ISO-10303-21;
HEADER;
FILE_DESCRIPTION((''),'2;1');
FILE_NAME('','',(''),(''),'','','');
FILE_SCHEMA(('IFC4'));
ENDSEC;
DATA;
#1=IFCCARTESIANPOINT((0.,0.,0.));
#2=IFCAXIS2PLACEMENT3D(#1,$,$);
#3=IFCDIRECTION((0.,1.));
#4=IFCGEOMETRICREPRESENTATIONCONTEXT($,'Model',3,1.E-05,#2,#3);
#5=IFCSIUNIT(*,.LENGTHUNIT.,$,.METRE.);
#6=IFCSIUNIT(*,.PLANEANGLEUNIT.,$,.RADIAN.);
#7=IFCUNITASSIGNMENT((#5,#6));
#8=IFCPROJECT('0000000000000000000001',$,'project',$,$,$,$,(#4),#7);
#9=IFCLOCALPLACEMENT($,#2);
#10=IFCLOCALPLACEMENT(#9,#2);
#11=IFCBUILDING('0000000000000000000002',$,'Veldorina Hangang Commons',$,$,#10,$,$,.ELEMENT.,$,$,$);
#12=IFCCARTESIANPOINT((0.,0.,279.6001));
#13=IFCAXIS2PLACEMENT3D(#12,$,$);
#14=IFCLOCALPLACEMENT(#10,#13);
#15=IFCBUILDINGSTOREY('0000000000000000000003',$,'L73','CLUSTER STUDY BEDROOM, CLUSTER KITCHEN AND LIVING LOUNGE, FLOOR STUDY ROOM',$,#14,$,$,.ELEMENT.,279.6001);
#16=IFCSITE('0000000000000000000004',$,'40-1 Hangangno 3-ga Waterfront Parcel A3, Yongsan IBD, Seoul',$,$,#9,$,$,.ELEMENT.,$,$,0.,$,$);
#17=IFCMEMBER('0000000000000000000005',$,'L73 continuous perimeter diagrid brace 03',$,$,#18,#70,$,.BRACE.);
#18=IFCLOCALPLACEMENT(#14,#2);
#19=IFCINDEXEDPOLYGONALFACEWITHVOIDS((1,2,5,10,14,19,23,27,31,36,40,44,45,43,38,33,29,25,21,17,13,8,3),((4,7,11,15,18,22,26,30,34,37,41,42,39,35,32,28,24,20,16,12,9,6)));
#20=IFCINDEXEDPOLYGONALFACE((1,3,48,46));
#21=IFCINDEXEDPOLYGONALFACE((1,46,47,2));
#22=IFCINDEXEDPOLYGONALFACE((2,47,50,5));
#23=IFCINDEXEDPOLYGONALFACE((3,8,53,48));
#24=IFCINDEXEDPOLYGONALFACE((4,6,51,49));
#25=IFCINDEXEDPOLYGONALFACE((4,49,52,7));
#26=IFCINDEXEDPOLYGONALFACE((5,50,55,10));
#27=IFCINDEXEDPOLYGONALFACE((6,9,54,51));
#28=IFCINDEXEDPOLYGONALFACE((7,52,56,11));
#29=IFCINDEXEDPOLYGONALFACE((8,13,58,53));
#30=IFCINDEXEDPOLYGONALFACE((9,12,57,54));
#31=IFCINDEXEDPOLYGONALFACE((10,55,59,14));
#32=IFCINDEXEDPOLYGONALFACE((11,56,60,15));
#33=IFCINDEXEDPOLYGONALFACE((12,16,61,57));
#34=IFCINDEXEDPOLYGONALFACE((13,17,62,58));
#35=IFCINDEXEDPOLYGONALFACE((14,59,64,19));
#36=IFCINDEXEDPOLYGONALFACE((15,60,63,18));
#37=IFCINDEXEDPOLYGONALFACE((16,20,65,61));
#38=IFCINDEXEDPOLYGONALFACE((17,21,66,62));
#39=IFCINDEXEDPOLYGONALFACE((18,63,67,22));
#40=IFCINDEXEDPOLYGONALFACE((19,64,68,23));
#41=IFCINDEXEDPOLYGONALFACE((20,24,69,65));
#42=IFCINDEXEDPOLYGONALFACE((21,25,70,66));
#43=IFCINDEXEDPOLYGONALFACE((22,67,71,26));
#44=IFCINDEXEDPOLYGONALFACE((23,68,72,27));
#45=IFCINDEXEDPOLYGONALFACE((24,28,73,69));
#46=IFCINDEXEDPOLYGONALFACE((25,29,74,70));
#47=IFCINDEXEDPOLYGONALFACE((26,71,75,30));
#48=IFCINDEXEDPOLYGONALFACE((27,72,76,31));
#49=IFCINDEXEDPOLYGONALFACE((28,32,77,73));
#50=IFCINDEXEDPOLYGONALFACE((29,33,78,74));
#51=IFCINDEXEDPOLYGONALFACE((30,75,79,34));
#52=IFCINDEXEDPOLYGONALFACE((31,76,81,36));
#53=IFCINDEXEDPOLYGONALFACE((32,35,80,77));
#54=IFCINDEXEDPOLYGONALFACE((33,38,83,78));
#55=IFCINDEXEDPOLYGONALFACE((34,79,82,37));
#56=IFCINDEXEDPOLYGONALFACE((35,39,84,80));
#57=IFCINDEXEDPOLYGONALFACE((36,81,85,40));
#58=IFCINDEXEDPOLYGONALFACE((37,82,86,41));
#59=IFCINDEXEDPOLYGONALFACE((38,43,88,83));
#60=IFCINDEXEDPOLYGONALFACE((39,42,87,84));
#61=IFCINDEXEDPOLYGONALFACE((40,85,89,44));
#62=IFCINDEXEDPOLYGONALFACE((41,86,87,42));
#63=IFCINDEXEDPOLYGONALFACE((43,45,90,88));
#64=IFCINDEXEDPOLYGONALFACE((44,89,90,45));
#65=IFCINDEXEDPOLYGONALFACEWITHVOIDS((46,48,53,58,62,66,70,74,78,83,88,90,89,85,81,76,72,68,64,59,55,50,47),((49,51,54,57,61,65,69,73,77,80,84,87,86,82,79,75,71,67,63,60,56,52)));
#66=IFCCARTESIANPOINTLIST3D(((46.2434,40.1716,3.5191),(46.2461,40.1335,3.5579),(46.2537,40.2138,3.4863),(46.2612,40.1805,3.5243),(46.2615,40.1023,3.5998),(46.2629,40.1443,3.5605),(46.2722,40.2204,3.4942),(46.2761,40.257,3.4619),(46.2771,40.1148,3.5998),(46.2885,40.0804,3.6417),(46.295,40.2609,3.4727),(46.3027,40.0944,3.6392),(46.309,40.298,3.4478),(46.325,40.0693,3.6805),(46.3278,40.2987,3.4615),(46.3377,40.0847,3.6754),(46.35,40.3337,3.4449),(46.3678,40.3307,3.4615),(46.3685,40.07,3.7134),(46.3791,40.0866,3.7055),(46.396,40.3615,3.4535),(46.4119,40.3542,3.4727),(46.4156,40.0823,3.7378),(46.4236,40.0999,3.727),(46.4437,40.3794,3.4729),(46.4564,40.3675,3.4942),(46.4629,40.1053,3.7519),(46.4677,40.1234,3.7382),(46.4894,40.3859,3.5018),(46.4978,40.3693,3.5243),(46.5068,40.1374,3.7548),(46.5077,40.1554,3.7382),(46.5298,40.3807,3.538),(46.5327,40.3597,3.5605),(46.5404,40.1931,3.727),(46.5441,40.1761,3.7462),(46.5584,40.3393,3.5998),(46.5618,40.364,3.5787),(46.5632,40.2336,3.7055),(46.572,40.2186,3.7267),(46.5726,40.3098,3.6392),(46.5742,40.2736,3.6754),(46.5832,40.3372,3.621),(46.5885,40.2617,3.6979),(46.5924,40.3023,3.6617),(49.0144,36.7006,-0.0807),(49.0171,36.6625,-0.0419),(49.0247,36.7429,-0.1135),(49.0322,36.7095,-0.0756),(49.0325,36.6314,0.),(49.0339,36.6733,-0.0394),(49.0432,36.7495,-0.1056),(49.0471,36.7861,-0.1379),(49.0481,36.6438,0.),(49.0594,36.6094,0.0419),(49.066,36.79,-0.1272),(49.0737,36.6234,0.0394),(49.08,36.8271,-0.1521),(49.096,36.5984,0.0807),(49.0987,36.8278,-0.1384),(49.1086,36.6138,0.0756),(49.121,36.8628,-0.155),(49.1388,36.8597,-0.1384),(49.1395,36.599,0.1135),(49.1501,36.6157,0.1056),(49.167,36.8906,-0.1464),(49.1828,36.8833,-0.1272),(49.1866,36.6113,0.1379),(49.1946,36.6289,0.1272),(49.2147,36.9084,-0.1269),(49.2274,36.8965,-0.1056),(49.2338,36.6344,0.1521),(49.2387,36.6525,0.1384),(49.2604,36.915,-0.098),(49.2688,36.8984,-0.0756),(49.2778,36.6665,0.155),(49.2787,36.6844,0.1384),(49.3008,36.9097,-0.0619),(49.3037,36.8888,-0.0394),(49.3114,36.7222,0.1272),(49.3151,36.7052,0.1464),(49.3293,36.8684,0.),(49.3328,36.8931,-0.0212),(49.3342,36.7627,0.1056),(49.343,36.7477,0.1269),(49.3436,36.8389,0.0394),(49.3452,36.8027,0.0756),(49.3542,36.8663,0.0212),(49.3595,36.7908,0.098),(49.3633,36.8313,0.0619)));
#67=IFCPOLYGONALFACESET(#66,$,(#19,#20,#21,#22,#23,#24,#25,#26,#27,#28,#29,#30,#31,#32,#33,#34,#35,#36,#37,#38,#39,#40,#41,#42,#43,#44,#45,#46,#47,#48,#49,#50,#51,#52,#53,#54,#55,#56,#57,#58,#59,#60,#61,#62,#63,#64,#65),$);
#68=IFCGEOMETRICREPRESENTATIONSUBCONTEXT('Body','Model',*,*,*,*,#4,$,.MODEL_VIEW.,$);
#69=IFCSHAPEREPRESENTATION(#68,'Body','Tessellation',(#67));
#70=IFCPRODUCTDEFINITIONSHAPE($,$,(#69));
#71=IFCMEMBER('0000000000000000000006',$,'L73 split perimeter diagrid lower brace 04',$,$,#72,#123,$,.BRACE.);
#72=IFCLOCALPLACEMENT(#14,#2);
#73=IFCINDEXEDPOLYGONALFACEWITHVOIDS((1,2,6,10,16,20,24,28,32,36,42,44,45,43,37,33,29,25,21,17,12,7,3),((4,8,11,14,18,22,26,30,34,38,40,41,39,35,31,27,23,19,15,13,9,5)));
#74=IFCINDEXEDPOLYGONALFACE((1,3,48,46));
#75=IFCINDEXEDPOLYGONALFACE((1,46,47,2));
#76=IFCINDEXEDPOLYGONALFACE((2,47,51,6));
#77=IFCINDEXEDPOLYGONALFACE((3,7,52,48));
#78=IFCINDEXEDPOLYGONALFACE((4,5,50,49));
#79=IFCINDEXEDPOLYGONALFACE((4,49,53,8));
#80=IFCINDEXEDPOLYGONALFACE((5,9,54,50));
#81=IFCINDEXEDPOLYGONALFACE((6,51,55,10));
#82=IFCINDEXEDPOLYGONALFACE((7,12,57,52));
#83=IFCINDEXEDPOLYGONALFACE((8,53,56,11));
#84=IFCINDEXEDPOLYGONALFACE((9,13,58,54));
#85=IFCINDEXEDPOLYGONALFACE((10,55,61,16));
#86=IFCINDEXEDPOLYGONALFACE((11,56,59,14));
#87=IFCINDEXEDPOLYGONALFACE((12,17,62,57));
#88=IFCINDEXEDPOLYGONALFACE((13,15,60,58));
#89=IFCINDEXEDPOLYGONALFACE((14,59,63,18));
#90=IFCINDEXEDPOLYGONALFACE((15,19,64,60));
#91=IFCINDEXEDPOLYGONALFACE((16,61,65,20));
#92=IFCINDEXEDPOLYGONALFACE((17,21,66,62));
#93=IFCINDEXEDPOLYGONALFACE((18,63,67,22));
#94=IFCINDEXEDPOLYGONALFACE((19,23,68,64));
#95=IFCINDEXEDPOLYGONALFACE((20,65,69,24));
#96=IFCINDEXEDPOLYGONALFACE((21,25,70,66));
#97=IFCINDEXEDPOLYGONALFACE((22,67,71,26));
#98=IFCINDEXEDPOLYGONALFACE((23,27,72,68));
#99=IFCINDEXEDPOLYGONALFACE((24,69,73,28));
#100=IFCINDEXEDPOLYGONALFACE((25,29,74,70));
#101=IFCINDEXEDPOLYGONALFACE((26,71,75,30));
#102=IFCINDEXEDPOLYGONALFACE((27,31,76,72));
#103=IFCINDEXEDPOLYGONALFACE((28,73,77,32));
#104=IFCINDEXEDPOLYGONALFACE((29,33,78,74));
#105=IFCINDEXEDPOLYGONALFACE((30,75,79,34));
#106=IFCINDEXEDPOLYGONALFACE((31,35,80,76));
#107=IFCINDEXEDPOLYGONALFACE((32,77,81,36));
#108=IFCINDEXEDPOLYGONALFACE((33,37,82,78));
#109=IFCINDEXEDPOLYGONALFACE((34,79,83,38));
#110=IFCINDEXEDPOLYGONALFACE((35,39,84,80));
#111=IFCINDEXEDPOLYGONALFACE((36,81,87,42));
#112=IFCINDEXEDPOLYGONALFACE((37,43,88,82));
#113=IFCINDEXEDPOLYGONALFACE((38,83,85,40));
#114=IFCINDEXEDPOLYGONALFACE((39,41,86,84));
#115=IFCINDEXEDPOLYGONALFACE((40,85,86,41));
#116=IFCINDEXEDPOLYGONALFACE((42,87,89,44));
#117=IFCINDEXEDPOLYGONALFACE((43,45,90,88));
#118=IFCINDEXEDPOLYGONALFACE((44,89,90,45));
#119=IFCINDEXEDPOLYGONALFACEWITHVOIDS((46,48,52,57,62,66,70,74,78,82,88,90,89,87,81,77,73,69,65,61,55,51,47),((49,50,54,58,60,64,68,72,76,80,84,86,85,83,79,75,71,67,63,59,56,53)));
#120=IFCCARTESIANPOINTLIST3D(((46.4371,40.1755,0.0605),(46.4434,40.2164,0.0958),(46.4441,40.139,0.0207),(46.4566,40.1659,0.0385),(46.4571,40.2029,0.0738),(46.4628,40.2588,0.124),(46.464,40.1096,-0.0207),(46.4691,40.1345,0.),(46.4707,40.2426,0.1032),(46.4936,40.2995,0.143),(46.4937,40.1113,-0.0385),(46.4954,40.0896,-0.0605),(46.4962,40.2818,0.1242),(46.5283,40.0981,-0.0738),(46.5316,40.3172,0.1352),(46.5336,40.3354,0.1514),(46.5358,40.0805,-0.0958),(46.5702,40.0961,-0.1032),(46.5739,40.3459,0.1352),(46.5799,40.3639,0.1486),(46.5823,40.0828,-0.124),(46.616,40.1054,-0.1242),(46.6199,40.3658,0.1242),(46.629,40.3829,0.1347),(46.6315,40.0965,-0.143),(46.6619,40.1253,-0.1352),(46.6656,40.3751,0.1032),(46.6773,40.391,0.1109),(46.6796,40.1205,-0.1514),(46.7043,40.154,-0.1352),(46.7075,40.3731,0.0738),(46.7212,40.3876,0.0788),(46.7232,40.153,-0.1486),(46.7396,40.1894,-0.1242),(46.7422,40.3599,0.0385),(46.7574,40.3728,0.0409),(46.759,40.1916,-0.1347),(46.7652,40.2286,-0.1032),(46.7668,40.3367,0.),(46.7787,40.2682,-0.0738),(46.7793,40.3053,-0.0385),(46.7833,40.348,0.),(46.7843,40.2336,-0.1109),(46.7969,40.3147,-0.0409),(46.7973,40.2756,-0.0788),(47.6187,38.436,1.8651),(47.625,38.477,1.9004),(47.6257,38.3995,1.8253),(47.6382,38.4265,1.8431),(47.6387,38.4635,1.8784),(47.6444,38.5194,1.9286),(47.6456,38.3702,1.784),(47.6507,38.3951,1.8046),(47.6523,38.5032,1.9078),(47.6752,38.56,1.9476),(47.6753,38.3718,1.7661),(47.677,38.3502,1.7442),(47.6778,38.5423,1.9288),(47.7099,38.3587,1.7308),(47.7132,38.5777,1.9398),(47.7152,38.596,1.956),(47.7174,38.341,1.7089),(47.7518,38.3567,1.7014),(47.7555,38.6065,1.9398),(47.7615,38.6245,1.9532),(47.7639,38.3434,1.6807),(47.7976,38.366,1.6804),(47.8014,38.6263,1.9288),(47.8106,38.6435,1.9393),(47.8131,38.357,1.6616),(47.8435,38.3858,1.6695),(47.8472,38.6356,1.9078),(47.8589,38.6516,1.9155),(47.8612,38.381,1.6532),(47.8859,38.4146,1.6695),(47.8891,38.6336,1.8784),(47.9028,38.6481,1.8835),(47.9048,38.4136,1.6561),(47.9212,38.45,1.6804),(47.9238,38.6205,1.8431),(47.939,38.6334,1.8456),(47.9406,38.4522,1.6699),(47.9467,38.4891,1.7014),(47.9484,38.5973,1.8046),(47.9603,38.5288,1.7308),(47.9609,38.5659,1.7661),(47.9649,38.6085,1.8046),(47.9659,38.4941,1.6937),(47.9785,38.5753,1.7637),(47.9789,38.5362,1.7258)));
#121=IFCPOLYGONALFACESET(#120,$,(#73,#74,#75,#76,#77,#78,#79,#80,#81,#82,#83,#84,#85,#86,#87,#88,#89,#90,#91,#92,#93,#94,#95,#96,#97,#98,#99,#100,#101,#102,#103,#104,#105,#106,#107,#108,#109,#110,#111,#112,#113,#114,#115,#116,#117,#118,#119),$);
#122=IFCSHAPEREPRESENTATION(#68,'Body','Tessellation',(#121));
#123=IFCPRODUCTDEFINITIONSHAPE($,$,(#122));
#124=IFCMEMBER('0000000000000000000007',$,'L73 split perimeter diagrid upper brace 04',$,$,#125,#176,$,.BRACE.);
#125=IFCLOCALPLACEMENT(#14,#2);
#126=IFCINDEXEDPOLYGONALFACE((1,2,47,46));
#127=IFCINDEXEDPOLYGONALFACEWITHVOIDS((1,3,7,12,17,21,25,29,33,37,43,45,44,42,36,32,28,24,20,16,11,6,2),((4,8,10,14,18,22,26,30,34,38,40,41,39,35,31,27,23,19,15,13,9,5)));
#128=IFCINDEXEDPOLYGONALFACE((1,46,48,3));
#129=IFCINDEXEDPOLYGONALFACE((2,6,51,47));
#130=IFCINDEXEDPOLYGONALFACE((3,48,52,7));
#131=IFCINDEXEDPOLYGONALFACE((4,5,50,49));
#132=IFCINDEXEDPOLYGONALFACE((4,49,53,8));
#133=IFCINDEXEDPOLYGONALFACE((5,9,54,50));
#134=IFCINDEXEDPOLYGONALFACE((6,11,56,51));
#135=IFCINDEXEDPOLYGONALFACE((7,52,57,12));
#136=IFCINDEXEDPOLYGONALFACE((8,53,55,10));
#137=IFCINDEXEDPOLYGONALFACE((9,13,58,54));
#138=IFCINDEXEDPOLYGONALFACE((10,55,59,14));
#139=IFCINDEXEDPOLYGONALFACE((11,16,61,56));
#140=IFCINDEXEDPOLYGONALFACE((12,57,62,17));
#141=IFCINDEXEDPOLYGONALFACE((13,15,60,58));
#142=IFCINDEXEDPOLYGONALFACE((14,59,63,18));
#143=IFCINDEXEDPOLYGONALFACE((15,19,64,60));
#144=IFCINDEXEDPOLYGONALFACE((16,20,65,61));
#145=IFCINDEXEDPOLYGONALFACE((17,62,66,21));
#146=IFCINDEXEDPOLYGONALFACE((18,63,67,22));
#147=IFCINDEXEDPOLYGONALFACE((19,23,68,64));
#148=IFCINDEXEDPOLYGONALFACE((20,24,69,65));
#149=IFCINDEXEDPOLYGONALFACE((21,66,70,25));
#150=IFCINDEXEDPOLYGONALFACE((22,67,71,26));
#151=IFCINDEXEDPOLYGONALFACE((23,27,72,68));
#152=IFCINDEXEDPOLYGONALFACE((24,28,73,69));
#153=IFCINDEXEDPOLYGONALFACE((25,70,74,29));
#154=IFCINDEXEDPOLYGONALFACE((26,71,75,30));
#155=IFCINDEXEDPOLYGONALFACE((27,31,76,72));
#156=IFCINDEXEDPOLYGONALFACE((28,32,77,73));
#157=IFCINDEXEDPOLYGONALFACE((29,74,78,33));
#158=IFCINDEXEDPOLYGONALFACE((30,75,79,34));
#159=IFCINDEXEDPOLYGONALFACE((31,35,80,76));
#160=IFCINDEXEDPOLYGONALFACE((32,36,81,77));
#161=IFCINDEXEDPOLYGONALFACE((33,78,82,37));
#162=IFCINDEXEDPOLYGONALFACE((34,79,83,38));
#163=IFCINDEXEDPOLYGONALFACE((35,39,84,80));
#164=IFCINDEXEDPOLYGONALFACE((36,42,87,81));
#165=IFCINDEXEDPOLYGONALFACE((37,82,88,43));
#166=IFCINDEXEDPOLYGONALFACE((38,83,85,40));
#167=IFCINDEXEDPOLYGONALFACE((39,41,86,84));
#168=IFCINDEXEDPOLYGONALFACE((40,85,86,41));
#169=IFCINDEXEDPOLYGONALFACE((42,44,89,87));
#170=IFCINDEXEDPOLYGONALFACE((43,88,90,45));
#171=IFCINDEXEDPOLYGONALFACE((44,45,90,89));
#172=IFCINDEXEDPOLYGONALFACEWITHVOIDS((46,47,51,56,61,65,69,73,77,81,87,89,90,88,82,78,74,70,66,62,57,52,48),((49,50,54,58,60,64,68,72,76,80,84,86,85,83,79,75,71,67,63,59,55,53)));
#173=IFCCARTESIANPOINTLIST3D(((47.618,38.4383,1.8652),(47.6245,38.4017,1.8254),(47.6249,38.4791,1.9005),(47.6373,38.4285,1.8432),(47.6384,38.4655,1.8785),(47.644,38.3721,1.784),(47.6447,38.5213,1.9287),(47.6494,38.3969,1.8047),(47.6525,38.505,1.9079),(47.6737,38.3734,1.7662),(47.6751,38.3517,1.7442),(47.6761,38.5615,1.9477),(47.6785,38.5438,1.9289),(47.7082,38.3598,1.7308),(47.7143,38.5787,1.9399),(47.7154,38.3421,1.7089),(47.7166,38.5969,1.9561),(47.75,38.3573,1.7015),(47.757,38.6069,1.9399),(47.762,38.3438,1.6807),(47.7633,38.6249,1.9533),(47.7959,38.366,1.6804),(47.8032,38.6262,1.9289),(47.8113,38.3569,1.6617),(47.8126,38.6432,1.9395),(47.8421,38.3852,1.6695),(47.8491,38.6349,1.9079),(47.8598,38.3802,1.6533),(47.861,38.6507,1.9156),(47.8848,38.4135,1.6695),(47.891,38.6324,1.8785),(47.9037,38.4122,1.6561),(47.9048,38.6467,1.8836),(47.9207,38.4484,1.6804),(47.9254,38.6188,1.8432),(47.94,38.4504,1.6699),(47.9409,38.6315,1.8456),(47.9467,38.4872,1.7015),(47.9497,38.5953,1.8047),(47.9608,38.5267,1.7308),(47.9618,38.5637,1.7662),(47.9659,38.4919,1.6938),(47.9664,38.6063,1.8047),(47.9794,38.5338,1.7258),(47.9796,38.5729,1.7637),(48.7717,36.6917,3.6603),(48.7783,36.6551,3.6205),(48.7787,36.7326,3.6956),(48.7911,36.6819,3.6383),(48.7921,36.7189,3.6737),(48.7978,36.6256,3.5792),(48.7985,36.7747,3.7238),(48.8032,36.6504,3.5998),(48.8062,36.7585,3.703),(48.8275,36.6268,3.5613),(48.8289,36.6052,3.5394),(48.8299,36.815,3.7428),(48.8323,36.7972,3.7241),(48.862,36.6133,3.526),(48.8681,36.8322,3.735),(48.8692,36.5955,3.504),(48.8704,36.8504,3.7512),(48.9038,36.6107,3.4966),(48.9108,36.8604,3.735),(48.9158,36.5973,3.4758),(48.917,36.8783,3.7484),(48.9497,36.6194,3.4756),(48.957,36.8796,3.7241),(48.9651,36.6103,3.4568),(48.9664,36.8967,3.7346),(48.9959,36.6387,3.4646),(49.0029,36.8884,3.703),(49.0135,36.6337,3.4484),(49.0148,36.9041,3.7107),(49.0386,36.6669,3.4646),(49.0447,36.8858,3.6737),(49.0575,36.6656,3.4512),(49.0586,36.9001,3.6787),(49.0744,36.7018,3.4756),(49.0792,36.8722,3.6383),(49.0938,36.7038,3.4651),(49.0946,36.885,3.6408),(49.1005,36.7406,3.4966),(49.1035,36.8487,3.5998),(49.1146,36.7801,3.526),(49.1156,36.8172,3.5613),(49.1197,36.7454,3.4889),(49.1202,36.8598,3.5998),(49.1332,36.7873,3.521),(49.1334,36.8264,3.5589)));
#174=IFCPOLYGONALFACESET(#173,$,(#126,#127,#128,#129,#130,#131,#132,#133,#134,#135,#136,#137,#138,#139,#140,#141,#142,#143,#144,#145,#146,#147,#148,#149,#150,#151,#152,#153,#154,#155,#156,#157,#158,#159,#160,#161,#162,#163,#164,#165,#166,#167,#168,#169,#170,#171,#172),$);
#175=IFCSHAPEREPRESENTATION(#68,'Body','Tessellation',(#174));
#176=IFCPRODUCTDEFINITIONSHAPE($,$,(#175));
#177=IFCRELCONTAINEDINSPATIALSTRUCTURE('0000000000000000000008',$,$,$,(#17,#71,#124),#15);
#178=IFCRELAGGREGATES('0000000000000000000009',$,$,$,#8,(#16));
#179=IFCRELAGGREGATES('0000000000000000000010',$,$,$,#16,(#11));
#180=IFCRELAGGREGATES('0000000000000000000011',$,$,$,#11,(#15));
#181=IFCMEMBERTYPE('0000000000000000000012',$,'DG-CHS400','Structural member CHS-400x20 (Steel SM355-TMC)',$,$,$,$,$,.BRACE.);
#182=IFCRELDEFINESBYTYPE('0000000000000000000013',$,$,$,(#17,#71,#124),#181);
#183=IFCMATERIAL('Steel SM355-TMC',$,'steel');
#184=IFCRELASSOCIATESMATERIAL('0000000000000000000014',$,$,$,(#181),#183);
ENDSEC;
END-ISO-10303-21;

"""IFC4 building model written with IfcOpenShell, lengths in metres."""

from ifc_helpers import new_model, si_unit, direction, frame, origin, origin_2d, place, context, subcontext, project, spatial, hollow_circle, extrude, material, material_profile, profile_set, type_object, element, save


model = new_model("IFC4")

# Units and contexts
model_context = context("Model", 3, precision=1e-05, world=origin(), true_north=direction((0.0, 1.0)))
body_context = subcontext(model_context, "Body", "Model", "MODEL_VIEW")
ifc_project = project(units=[si_unit("LENGTHUNIT", "METRE"), si_unit("PLANEANGLEUNIT", "RADIAN")], contexts=[model_context])

# Site, building, storey
site_placement = place(None, origin())
site = spatial("IfcSite", under=ifc_project, at=site_placement, Name="40-1 Hangangno 3-ga Waterfront Parcel A3, Yongsan IBD, Seoul", CompositionType="ELEMENT", RefElevation=0.0)
building_placement = place(site_placement, origin())
building = spatial("IfcBuilding", under=site, at=building_placement, Name="Veldorina Hangang Commons", CompositionType="ELEMENT")
storey_placement = place(building_placement, frame((0.0, 0.0, 279.6001)))
storey = spatial("IfcBuildingStorey", under=building, at=storey_placement, Name="L73", Description="CLUSTER STUDY BEDROOM, CLUSTER KITCHEN AND LIVING LOUNGE, FLOOR STUDY ROOM", CompositionType="ELEMENT", Elevation=279.6001)

# Shared definitions
ifc_material_1 = material(Name="Steel SM355-TMC", Category="steel")

# Members
ifc_material_profile_1 = material_profile(ifc_material_1, hollow_circle(Radius=0.2, WallThickness=0.02, at=origin_2d()), Name="CHS-400x20")
ifc_profile_set_1 = profile_set([ifc_material_profile_1], Name="Steel SM355-TMC")
member_type_1 = type_object("IfcMemberType", Name="DG-CHS400", Description="Structural member CHS-400x20 (Steel SM355-TMC)", PredefinedType="BRACE", material=ifc_profile_set_1)
member_1_placement = place(storey_placement, frame((49.1887, 36.7561, 0.0), z_axis=(-0.484689, 0.60712, 0.629668), x_axis=(-0.781501, -0.623904, 0.0)))
element("IfcMember", 1, at=member_1_placement, inside=storey, type_object=member_type_1, Name="L73 continuous perimeter diagrid brace 03", PredefinedType="BRACE", context=body_context, shape_type="SweptSolid", body=[
    extrude(hollow_circle(Radius=0.2, WallThickness=0.02, at=origin_2d()), origin(), (0.0, 0.0, 1.0), 5.717),
])
member_2_placement = place(storey_placement, frame((46.6179, 40.2356, 0.0), z_axis=(0.426415, -0.627728, 0.651251), x_axis=(0.827196, 0.561913, 0.0)))
element("IfcMember", 2, at=member_2_placement, inside=storey, type_object=member_type_1, Name="L73 split perimeter diagrid lower brace 04", PredefinedType="BRACE", context=body_context, shape_type="SweptSolid", body=[
    extrude(hollow_circle(Radius=0.2, WallThickness=0.02, at=origin_2d()), origin(), (0.0, 0.0, 1.0), 2.771),
])
member_3_placement = place(storey_placement, frame((47.7996, 38.4961, 1.8047), z_axis=(0.418408, -0.633367, 0.650985), x_axis=(0.834376, 0.551196, 0.0)))
element("IfcMember", 3, at=member_3_placement, inside=storey, type_object=member_type_1, Name="L73 split perimeter diagrid upper brace 04", PredefinedType="BRACE", context=body_context, shape_type="SweptSolid", body=[
    extrude(hollow_circle(Radius=0.2, WallThickness=0.02, at=origin_2d()), origin(), (0.0, 0.0, 1.0), 2.7576),
])

save(model, "model.ifc")
